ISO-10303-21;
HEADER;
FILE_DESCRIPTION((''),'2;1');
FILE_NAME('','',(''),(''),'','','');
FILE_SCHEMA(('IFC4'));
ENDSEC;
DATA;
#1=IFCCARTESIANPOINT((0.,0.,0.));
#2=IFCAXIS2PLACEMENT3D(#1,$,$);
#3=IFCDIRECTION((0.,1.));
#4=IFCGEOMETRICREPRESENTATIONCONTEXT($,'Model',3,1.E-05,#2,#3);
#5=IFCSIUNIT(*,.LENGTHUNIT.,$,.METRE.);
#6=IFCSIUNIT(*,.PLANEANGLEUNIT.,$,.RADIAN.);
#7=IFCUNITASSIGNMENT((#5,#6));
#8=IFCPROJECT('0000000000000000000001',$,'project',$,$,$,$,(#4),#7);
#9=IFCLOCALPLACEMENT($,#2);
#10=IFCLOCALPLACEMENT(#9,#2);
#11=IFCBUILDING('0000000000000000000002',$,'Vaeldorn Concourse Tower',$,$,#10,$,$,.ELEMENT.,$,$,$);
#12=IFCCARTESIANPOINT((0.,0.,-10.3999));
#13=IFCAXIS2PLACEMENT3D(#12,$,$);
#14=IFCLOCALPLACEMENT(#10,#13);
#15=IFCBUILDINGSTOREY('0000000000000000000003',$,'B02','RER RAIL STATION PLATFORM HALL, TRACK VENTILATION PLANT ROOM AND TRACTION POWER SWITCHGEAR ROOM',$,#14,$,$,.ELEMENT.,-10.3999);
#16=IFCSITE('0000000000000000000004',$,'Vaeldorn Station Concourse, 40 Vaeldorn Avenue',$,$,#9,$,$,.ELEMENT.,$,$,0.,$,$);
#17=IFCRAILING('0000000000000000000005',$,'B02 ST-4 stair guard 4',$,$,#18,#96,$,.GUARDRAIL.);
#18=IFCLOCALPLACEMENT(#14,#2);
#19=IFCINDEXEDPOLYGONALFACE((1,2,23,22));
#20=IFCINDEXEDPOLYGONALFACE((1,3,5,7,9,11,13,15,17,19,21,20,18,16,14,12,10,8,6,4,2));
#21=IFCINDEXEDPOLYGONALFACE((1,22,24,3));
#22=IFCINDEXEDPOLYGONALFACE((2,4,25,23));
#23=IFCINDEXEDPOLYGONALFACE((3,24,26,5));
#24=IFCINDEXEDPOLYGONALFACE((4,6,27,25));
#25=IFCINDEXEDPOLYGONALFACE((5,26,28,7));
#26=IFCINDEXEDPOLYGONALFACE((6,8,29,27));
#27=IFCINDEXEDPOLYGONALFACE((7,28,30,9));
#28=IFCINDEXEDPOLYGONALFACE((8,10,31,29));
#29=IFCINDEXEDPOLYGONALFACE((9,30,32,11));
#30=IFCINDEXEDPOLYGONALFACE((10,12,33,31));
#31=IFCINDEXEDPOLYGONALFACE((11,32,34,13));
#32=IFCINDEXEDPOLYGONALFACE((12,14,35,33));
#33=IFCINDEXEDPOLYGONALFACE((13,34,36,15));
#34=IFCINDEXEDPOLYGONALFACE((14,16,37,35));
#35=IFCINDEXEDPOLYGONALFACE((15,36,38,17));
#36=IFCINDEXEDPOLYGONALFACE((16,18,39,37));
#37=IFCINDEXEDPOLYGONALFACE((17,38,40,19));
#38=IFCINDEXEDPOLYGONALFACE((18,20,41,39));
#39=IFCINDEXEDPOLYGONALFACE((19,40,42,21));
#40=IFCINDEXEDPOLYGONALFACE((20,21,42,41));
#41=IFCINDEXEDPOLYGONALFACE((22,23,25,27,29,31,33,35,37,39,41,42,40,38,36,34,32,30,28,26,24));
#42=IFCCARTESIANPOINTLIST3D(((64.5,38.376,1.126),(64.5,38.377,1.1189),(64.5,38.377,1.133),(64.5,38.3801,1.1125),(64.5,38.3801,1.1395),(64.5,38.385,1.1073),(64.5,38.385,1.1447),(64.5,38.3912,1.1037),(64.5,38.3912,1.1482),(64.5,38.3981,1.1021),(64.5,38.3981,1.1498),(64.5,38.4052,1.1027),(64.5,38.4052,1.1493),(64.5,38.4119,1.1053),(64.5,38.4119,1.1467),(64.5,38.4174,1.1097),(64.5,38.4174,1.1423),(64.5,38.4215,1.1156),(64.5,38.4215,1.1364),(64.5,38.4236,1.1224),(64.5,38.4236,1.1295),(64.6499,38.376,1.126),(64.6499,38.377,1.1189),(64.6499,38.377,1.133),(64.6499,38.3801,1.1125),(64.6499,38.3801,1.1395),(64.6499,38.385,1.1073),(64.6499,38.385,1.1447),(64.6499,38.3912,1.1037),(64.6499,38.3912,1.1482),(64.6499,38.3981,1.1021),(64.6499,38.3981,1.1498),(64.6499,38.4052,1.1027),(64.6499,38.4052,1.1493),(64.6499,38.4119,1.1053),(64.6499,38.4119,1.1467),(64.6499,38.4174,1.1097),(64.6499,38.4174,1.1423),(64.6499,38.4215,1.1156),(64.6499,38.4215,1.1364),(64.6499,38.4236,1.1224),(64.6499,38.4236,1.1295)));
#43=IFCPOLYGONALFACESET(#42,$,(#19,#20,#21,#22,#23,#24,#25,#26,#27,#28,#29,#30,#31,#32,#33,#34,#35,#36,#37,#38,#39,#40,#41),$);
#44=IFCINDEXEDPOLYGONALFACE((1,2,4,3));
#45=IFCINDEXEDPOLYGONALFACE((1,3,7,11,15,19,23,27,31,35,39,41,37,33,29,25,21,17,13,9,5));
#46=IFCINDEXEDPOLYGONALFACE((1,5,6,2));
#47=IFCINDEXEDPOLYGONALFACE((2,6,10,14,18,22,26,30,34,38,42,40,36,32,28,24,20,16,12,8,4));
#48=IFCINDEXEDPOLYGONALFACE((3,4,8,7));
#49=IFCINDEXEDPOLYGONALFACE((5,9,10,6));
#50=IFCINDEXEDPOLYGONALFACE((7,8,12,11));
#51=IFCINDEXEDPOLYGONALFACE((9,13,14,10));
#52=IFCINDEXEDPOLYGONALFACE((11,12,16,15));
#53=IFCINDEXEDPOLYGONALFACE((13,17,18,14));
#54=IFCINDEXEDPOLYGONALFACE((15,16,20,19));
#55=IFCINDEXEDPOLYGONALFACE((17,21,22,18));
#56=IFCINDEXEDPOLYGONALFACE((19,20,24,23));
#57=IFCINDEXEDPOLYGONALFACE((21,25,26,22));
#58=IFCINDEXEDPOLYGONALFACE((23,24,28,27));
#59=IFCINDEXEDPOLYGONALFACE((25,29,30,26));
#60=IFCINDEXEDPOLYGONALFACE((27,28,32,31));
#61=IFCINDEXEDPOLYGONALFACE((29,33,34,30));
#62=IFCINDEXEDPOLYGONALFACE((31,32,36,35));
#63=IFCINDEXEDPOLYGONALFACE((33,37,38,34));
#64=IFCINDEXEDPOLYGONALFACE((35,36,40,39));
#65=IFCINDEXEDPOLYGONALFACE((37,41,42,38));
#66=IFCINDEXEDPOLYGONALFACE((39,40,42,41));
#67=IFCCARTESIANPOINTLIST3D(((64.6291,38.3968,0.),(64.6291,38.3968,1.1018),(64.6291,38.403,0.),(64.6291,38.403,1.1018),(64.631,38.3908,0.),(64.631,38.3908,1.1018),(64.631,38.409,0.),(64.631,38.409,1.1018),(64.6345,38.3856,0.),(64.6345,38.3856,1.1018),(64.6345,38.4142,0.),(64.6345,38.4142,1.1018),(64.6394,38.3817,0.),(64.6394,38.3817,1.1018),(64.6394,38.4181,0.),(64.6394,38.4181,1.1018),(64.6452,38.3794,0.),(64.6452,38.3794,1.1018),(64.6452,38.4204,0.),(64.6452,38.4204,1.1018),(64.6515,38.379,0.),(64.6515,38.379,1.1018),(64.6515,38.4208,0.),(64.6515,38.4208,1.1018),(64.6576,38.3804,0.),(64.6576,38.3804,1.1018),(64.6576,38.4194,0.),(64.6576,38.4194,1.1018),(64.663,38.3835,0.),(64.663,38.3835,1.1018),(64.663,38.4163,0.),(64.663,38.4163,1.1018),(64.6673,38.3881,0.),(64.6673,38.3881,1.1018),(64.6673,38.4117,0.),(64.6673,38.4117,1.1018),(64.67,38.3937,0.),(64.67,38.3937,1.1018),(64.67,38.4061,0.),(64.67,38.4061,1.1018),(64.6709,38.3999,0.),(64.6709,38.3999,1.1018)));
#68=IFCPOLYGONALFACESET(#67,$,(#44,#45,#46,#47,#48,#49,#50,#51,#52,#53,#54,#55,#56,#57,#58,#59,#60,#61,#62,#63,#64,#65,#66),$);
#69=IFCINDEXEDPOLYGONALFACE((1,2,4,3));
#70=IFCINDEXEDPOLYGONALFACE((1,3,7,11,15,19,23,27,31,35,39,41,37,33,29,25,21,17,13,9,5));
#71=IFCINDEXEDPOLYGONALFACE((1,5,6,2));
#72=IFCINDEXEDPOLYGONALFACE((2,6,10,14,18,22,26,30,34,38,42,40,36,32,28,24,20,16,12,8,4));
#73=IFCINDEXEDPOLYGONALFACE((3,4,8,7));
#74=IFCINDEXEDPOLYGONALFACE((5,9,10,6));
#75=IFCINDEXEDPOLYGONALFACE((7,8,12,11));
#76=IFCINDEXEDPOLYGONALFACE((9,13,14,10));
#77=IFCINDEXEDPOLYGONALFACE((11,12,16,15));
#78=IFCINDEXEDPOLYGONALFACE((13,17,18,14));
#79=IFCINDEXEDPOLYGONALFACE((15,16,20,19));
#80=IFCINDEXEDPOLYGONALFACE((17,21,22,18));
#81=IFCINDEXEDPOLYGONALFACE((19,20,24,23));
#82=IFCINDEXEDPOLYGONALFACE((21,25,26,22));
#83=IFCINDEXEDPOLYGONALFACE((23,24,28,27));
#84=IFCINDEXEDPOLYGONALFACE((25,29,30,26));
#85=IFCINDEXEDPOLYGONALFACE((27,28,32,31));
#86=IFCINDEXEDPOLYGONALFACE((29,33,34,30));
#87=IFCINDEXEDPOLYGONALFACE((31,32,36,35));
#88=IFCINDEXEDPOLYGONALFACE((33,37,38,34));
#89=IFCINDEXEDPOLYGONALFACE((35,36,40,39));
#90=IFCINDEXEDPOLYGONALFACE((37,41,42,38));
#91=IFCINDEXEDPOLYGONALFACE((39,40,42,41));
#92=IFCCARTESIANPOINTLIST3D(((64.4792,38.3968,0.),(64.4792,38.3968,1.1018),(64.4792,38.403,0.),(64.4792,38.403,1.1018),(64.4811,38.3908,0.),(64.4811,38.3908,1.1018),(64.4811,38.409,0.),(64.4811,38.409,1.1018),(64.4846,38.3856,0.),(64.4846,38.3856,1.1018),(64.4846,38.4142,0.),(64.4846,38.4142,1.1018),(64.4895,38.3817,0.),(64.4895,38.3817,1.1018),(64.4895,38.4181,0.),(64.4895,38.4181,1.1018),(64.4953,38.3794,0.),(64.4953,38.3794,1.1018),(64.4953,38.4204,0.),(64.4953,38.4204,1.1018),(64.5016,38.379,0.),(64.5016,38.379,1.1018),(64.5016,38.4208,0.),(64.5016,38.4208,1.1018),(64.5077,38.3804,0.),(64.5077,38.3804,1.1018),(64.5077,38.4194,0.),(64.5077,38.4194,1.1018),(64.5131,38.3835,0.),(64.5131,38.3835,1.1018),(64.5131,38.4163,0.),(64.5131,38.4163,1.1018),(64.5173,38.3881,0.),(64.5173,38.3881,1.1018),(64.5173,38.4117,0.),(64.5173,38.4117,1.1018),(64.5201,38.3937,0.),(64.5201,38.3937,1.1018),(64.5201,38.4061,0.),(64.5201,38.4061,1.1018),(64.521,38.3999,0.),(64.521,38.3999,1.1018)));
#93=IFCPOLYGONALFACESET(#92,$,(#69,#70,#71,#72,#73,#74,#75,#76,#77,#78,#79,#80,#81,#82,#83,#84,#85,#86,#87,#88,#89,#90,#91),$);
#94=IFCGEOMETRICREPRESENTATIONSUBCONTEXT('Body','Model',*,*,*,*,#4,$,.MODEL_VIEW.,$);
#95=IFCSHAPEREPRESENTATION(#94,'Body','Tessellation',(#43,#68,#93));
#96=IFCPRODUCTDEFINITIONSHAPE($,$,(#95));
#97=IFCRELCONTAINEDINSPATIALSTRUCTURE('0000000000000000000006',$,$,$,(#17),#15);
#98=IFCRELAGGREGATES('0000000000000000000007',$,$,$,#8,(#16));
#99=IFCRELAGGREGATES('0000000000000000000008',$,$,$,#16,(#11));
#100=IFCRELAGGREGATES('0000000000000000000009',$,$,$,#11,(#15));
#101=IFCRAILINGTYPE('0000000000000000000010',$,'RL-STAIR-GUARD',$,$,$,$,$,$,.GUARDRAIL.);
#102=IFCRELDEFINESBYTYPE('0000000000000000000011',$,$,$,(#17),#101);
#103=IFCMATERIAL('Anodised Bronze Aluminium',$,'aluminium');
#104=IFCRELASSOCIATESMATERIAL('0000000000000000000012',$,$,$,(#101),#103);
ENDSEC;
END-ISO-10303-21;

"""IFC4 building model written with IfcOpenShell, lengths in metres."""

from ifc_helpers import new_model, si_unit, direction, frame, origin, origin_2d, place, context, subcontext, project, spatial, circle, extrude, material, type_object, element, save


model = new_model("IFC4")

# Units and contexts
model_context = context("Model", 3, precision=1e-05, world=origin(), true_north=direction((0.0, 1.0)))
body_context = subcontext(model_context, "Body", "Model", "MODEL_VIEW")
ifc_project = project(units=[si_unit("LENGTHUNIT", "METRE"), si_unit("PLANEANGLEUNIT", "RADIAN")], contexts=[model_context])

# Site, building, storey
site_placement = place(None, origin())
site = spatial("IfcSite", under=ifc_project, at=site_placement, Name="Vaeldorn Station Concourse, 40 Vaeldorn Avenue", CompositionType="ELEMENT", RefElevation=0.0)
building_placement = place(site_placement, origin())
building = spatial("IfcBuilding", under=site, at=building_placement, Name="Vaeldorn Concourse Tower", CompositionType="ELEMENT")
storey_placement = place(building_placement, frame((0.0, 0.0, -10.3999)))
storey = spatial("IfcBuildingStorey", under=building, at=storey_placement, Name="B02", Description="RER RAIL STATION PLATFORM HALL, TRACK VENTILATION PLANT ROOM AND TRACTION POWER SWITCHGEAR ROOM", CompositionType="ELEMENT", Elevation=-10.3999)

# Railing
ifc_material_1 = material(Name="Anodised Bronze Aluminium", Category="aluminium")
railing_type_1 = type_object("IfcRailingType", Name="RL-STAIR-GUARD", PredefinedType="GUARDRAIL", material=ifc_material_1)
railing_1_placement = place(storey_placement, frame((64.6499, 38.3999, 0.0)))
element("IfcRailing", 1, at=railing_1_placement, inside=storey, type_object=railing_type_1, Name="B02 ST-4 stair guard 4", PredefinedType="GUARDRAIL", context=body_context, shape_type="SweptSolid", body=[
    extrude(circle(Radius=0.0239, at=origin_2d()), frame((0.0, 0.0, 1.126), z_axis=(-1.0, 0.0, 0.0), x_axis=(0.0, -1.0, 0.0)), (0.0, 0.0, 1.0), 0.1499),
    extrude(circle(Radius=0.021, at=origin_2d()), origin(), (0.0, 0.0, 1.0), 1.1018),
    extrude(circle(Radius=0.021, at=origin_2d()), frame((-0.1499, 0.0, 0.0)), (0.0, 0.0, 1.0), 1.1018),
])

save(model, "model.ifc")
